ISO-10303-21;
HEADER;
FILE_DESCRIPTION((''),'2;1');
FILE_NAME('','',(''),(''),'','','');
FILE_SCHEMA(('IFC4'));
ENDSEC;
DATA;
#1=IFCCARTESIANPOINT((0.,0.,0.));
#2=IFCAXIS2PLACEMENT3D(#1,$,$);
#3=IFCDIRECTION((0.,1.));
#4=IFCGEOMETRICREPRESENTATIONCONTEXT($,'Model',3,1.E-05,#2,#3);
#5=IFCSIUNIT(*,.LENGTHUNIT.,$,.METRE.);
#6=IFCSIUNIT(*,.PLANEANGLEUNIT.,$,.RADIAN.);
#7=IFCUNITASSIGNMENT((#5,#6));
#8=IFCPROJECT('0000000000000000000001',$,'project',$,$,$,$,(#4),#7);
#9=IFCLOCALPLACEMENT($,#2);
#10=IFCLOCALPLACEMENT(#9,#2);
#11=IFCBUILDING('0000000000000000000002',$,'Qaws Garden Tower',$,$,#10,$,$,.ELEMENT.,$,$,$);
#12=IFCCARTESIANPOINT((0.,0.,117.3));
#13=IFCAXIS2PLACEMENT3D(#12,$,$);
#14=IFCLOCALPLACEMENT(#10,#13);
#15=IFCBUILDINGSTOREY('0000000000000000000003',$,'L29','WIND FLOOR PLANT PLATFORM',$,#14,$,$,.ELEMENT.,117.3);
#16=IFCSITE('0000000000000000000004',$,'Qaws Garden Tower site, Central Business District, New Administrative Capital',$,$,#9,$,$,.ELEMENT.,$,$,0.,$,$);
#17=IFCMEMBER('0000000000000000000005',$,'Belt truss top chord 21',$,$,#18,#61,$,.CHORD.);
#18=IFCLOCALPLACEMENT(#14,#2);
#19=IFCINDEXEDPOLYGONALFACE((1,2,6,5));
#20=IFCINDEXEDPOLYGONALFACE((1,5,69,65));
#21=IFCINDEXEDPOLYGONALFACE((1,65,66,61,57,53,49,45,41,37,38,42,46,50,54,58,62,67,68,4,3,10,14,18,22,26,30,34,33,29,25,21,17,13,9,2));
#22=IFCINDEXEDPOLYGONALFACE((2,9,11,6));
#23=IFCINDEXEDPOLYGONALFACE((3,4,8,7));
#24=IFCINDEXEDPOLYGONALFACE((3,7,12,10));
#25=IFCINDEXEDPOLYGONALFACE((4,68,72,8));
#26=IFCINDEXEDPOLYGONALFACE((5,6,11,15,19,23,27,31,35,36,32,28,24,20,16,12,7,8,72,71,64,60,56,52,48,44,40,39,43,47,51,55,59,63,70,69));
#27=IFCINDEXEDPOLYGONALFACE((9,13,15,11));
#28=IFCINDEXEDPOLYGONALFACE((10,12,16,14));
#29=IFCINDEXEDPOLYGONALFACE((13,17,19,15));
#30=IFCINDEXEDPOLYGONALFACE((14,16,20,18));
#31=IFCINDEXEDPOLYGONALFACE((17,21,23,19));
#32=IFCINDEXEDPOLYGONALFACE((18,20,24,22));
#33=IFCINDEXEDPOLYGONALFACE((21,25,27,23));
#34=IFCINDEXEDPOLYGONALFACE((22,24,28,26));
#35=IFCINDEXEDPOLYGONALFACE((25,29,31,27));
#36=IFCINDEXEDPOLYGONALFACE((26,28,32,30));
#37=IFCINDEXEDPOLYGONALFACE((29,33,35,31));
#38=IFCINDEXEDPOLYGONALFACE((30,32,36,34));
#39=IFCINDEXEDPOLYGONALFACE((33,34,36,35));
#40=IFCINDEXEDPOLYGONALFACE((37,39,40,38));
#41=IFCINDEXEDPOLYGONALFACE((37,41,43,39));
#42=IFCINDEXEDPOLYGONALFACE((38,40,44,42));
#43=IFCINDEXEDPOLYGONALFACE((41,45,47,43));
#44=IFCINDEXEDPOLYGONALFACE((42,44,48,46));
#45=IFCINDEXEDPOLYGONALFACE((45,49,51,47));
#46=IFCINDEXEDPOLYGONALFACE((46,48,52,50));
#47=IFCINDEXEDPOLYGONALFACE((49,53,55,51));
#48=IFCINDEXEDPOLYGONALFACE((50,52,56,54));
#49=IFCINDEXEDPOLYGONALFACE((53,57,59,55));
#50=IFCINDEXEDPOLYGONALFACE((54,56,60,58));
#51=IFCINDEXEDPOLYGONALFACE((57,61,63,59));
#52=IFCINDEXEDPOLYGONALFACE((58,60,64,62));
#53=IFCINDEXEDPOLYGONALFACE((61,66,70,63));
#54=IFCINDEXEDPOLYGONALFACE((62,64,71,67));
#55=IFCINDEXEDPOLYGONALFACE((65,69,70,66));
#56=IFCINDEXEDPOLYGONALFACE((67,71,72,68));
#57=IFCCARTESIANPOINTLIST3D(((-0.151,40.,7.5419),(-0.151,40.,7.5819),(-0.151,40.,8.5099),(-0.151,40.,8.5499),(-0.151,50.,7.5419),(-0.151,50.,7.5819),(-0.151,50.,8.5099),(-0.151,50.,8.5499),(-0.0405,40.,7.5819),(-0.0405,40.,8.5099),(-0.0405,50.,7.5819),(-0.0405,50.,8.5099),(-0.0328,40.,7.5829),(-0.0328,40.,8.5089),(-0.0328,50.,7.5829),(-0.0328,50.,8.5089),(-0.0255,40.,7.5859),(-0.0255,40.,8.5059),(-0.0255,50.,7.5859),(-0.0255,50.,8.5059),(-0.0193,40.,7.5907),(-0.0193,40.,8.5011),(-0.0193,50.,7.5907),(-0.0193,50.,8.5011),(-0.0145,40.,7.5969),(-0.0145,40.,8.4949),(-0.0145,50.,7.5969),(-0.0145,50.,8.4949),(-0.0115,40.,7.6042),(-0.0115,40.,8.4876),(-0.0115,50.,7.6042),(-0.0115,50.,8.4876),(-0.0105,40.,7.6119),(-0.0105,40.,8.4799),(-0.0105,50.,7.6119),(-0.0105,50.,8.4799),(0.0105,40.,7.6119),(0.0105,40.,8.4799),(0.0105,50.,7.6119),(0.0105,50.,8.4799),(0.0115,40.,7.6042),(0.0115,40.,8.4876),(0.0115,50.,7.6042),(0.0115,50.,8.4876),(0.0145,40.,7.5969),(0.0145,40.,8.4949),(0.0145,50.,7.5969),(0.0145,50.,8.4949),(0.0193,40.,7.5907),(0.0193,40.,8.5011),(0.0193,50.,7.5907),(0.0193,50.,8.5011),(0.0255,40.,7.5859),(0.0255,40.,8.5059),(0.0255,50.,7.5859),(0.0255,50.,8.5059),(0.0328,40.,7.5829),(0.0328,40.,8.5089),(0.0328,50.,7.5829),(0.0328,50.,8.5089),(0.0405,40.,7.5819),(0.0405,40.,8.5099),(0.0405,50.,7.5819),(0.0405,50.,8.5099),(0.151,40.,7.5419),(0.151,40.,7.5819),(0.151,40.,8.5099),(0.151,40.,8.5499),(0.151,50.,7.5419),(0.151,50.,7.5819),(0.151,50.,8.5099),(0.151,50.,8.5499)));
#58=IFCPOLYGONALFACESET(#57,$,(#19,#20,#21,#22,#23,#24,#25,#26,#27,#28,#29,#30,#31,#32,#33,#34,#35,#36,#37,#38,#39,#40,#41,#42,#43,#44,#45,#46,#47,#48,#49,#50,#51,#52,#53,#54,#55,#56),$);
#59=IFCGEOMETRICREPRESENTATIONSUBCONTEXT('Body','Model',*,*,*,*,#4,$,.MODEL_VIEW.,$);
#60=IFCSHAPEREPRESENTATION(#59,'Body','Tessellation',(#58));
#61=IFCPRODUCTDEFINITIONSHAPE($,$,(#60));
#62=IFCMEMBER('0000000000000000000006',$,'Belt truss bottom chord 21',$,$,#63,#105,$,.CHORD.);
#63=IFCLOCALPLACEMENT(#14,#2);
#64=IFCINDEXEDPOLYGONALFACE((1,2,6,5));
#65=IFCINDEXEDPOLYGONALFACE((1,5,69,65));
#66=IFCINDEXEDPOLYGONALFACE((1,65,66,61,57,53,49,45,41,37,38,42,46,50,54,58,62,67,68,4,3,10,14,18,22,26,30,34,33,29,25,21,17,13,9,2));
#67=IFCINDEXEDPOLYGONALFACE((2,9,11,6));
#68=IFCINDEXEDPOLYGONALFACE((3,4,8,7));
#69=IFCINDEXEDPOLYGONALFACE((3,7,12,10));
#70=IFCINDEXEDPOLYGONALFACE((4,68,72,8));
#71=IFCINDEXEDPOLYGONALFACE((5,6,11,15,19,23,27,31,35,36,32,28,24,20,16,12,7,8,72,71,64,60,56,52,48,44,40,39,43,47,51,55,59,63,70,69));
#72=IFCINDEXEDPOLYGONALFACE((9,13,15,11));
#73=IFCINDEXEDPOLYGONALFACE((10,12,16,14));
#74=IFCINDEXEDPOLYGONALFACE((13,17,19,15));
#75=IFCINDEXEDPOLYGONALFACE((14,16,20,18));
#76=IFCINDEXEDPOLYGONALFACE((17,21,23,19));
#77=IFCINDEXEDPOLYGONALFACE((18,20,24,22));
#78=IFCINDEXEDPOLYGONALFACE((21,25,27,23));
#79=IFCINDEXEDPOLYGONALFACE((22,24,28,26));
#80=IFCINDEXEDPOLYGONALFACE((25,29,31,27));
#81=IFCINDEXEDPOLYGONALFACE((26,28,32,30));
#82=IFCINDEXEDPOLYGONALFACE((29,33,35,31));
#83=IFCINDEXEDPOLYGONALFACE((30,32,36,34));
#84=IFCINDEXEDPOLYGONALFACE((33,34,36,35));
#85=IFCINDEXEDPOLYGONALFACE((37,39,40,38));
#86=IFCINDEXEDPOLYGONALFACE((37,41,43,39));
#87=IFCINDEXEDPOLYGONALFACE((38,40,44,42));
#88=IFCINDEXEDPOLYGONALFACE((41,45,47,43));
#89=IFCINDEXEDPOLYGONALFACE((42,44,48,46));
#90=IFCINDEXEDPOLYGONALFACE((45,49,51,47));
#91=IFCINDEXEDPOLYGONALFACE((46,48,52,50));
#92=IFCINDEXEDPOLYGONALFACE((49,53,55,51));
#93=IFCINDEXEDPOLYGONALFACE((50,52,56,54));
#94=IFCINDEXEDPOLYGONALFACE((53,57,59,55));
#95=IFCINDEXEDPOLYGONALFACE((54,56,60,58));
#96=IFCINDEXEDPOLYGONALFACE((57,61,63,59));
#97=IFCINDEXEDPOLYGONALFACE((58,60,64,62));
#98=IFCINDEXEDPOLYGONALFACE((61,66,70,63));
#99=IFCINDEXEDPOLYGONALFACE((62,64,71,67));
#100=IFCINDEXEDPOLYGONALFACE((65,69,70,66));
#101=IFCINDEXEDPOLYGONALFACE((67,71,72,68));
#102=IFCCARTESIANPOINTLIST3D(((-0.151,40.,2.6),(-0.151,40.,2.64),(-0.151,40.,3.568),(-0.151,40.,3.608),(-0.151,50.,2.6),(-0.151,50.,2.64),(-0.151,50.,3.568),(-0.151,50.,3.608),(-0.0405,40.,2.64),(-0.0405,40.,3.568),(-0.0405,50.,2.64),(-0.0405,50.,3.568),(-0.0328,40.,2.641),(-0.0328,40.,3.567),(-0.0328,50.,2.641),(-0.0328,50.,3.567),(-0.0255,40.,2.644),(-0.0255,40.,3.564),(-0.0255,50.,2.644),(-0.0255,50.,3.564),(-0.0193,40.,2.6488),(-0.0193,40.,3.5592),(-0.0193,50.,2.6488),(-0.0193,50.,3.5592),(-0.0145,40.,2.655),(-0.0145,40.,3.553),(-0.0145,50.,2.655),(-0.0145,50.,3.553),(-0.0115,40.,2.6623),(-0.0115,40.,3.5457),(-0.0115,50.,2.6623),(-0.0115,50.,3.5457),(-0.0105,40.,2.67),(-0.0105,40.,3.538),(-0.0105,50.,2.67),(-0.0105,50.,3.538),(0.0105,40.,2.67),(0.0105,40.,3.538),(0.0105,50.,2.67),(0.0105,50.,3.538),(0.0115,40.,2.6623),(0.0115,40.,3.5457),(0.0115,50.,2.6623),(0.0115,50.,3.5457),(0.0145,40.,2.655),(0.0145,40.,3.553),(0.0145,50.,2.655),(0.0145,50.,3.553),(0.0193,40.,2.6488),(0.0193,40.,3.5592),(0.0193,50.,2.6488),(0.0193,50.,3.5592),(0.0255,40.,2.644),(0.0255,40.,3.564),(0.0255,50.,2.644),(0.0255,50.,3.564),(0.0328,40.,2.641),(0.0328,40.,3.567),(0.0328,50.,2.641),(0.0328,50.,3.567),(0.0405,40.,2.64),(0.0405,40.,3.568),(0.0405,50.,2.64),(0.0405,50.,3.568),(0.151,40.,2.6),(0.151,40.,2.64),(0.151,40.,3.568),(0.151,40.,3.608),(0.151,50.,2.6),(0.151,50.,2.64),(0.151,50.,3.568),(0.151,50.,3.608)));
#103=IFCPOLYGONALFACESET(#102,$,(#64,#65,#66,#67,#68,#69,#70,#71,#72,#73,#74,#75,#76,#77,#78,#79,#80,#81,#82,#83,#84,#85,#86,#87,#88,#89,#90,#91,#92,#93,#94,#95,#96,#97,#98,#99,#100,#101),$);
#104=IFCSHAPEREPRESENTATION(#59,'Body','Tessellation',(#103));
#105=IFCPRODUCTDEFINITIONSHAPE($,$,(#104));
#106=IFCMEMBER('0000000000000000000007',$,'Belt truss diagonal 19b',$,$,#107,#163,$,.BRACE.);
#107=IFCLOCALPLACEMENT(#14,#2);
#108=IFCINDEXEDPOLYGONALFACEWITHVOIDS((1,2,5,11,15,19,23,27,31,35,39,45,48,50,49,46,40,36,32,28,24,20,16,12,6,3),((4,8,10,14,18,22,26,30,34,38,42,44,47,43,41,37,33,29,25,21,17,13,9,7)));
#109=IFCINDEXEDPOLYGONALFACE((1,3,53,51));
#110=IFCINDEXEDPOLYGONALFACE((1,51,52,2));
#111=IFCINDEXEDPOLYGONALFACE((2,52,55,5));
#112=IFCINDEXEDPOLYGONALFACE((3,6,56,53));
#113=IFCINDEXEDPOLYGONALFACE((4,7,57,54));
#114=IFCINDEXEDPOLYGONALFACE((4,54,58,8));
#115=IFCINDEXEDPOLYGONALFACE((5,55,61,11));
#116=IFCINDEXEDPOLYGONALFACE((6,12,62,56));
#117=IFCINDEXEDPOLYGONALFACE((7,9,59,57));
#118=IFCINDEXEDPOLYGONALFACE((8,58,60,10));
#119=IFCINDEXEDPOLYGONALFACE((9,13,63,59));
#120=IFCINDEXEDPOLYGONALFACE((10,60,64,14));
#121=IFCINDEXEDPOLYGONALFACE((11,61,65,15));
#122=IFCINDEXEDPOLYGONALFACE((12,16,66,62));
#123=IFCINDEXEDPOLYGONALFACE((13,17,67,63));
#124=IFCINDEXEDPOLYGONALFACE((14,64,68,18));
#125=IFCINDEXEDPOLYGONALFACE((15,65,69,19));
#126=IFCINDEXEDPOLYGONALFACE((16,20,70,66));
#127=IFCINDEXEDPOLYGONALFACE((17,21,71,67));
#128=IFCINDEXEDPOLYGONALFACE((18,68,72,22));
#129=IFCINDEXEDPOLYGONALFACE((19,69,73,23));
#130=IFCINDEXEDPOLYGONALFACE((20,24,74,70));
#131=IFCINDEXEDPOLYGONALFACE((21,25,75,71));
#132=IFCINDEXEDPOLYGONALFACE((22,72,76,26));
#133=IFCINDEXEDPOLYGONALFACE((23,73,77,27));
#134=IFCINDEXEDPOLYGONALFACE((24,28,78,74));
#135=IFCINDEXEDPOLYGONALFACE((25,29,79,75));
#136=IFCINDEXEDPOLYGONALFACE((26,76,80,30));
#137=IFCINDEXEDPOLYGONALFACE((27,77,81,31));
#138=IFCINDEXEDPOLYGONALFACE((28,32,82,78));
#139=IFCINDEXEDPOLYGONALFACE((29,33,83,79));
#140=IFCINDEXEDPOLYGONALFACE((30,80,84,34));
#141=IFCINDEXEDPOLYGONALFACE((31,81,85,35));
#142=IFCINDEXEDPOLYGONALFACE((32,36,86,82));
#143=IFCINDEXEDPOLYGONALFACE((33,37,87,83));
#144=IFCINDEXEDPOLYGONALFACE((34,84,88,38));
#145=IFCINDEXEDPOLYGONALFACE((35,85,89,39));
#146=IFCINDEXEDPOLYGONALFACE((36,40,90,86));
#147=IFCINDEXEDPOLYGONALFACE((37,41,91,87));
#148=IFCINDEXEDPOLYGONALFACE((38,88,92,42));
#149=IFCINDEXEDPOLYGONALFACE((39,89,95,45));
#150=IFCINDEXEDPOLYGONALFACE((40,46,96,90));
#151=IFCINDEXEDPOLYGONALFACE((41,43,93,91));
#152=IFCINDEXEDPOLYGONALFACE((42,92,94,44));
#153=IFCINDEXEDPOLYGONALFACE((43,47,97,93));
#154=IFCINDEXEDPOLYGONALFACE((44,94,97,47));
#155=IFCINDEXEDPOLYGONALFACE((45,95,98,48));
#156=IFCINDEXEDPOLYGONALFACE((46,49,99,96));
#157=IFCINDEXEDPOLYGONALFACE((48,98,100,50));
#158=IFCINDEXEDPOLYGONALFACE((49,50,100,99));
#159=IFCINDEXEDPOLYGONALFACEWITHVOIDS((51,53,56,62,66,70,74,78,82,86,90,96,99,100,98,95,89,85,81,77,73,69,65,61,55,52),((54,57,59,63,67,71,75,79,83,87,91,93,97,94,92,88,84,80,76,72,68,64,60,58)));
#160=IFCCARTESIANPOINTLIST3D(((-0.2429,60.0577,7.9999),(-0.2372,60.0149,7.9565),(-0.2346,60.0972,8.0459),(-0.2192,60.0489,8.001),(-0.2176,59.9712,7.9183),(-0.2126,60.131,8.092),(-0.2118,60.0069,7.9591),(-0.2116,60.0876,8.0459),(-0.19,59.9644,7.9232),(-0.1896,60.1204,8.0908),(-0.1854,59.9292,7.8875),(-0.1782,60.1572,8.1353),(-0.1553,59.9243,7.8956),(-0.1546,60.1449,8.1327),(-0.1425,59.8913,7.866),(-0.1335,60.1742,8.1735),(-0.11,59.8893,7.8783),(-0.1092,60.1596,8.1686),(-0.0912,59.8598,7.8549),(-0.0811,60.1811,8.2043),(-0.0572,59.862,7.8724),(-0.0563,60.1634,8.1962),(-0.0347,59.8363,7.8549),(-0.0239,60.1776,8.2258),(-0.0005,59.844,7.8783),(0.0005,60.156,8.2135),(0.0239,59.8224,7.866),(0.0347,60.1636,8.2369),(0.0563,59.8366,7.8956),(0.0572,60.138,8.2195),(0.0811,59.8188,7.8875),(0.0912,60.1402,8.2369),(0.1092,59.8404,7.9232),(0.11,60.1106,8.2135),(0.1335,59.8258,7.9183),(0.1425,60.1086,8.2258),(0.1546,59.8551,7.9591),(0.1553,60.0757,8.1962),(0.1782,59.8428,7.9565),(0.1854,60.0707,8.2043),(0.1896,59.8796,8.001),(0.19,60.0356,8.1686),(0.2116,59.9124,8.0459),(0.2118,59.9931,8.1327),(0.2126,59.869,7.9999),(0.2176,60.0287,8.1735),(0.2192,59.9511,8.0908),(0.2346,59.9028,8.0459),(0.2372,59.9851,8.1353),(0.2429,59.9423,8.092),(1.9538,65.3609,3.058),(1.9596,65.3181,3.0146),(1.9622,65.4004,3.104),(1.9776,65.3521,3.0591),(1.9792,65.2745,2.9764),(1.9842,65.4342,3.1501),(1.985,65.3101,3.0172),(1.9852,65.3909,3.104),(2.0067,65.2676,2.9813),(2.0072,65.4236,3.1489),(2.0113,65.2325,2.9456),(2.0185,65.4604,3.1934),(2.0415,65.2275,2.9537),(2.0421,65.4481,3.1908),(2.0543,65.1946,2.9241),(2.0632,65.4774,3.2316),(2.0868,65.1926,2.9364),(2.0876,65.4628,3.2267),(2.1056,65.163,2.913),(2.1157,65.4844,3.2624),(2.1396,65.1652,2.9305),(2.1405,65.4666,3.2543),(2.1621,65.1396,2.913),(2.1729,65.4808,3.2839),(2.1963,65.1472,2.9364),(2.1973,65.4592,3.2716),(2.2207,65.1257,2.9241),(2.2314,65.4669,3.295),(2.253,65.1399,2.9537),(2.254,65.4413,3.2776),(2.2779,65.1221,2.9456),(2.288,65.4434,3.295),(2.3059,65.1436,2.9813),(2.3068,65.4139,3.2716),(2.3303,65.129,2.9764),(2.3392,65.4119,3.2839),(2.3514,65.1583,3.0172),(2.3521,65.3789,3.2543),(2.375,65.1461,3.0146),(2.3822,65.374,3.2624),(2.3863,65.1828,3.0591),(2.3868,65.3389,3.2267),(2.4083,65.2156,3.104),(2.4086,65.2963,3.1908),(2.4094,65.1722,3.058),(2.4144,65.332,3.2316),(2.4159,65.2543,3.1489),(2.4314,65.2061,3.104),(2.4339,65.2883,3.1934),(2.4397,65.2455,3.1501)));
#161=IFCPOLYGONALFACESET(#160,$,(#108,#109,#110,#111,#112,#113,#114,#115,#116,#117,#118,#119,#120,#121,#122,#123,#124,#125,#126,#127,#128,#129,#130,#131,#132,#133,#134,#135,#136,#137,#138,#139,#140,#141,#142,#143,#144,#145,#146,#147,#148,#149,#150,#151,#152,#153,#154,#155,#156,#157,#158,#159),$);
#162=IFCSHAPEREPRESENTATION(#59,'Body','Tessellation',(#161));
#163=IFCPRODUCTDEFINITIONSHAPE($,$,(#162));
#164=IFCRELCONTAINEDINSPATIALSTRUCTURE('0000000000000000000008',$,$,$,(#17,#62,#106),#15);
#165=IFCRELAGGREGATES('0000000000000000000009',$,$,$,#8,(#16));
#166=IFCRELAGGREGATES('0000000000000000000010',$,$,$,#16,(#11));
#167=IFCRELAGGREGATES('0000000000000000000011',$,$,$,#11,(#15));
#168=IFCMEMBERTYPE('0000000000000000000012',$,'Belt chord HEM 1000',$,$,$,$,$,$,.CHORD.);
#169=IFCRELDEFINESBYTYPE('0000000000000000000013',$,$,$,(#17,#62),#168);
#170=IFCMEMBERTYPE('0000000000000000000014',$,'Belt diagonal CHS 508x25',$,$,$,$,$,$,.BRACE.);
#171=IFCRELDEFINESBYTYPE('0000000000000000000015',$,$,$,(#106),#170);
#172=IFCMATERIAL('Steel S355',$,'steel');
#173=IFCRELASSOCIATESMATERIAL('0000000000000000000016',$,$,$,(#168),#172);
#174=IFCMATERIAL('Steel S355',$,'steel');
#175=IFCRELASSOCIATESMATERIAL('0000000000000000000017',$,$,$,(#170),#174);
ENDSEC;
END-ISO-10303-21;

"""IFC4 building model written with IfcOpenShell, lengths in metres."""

from ifc_helpers import new_model, si_unit, direction, frame, origin, origin_2d, place, context, subcontext, project, spatial, hollow_circle, i_section, extrude, material, material_profile, profile_set, type_object, element, save


model = new_model("IFC4")

# Units and contexts
model_context = context("Model", 3, precision=1e-05, world=origin(), true_north=direction((0.0, 1.0)))
body_context = subcontext(model_context, "Body", "Model", "MODEL_VIEW")
ifc_project = project(units=[si_unit("LENGTHUNIT", "METRE"), si_unit("PLANEANGLEUNIT", "RADIAN")], contexts=[model_context])

# Site, building, storey
site_placement = place(None, origin())
site = spatial("IfcSite", under=ifc_project, at=site_placement, Name="Qaws Garden Tower site, Central Business District, New Administrative Capital", CompositionType="ELEMENT", RefElevation=0.0)
building_placement = place(site_placement, origin())
building = spatial("IfcBuilding", under=site, at=building_placement, Name="Qaws Garden Tower", CompositionType="ELEMENT")
storey_placement = place(building_placement, frame((0.0, 0.0, 117.3)))
storey = spatial("IfcBuildingStorey", under=building, at=storey_placement, Name="L29", Description="WIND FLOOR PLANT PLATFORM", CompositionType="ELEMENT", Elevation=117.3)

# Members
ifc_material_1 = material(Name="Steel S355", Category="steel")
ifc_material_profile_1 = material_profile(ifc_material_1, i_section(OverallWidth=0.302, OverallDepth=1.0081, WebThickness=0.021, FlangeThickness=0.04, FilletRadius=0.03, at=origin_2d()), Name="HEM 1000")
ifc_profile_set_1 = profile_set([ifc_material_profile_1], Name="Steel S355")
member_type_1 = type_object("IfcMemberType", Name="Belt chord HEM 1000", PredefinedType="CHORD", material=ifc_profile_set_1)
for number, where, z_axis, x_axis, name in (
    (1, (0.0, 50.0, 8.0459), (0.0, -1.0, 0.0), (1.0, 0.0, 0.0), "Belt truss top chord 21"),
    (2, (0.0, 50.0, 3.104), (0.0, -1.0, 0.0), (1.0, 0.0, 0.0), "Belt truss bottom chord 21"),
):
    element("IfcMember", number, at=place(storey_placement, frame(where, z_axis=z_axis, x_axis=x_axis)), inside=storey, type_object=member_type_1, Name=name, PredefinedType="CHORD", context=body_context, shape_type="SweptSolid", body=[
        extrude(i_section(OverallWidth=0.302, OverallDepth=1.0081, WebThickness=0.021, FlangeThickness=0.04, FilletRadius=0.03, at=origin_2d()), origin(), (0.0, 0.0, 1.0), 10.0),
    ])
ifc_material_2 = material(Name="Steel S355", Category="steel")
ifc_material_profile_2 = material_profile(ifc_material_2, hollow_circle(Radius=0.2539, WallThickness=0.0249, at=origin_2d()), Name="CHS 508x25")
ifc_profile_set_2 = profile_set([ifc_material_profile_2], Name="Steel S355")
member_type_2 = type_object("IfcMemberType", Name="Belt diagonal CHS 508x25", PredefinedType="BRACE", material=ifc_profile_set_2)
member_1_placement = place(storey_placement, frame((2.1968, 65.3032, 3.104), z_axis=(-0.290025, -0.700146, 0.652443), x_axis=(0.923873, -0.3827, 0.0)))
element("IfcMember", 3, at=member_1_placement, inside=storey, type_object=member_type_2, Name="Belt truss diagonal 19b", PredefinedType="BRACE", context=body_context, shape_type="SweptSolid", body=[
    extrude(hollow_circle(Radius=0.2539, WallThickness=0.0249, at=origin_2d()), origin(), (0.0, 0.0, 1.0), 7.5745),
])

save(model, "model.ifc")
